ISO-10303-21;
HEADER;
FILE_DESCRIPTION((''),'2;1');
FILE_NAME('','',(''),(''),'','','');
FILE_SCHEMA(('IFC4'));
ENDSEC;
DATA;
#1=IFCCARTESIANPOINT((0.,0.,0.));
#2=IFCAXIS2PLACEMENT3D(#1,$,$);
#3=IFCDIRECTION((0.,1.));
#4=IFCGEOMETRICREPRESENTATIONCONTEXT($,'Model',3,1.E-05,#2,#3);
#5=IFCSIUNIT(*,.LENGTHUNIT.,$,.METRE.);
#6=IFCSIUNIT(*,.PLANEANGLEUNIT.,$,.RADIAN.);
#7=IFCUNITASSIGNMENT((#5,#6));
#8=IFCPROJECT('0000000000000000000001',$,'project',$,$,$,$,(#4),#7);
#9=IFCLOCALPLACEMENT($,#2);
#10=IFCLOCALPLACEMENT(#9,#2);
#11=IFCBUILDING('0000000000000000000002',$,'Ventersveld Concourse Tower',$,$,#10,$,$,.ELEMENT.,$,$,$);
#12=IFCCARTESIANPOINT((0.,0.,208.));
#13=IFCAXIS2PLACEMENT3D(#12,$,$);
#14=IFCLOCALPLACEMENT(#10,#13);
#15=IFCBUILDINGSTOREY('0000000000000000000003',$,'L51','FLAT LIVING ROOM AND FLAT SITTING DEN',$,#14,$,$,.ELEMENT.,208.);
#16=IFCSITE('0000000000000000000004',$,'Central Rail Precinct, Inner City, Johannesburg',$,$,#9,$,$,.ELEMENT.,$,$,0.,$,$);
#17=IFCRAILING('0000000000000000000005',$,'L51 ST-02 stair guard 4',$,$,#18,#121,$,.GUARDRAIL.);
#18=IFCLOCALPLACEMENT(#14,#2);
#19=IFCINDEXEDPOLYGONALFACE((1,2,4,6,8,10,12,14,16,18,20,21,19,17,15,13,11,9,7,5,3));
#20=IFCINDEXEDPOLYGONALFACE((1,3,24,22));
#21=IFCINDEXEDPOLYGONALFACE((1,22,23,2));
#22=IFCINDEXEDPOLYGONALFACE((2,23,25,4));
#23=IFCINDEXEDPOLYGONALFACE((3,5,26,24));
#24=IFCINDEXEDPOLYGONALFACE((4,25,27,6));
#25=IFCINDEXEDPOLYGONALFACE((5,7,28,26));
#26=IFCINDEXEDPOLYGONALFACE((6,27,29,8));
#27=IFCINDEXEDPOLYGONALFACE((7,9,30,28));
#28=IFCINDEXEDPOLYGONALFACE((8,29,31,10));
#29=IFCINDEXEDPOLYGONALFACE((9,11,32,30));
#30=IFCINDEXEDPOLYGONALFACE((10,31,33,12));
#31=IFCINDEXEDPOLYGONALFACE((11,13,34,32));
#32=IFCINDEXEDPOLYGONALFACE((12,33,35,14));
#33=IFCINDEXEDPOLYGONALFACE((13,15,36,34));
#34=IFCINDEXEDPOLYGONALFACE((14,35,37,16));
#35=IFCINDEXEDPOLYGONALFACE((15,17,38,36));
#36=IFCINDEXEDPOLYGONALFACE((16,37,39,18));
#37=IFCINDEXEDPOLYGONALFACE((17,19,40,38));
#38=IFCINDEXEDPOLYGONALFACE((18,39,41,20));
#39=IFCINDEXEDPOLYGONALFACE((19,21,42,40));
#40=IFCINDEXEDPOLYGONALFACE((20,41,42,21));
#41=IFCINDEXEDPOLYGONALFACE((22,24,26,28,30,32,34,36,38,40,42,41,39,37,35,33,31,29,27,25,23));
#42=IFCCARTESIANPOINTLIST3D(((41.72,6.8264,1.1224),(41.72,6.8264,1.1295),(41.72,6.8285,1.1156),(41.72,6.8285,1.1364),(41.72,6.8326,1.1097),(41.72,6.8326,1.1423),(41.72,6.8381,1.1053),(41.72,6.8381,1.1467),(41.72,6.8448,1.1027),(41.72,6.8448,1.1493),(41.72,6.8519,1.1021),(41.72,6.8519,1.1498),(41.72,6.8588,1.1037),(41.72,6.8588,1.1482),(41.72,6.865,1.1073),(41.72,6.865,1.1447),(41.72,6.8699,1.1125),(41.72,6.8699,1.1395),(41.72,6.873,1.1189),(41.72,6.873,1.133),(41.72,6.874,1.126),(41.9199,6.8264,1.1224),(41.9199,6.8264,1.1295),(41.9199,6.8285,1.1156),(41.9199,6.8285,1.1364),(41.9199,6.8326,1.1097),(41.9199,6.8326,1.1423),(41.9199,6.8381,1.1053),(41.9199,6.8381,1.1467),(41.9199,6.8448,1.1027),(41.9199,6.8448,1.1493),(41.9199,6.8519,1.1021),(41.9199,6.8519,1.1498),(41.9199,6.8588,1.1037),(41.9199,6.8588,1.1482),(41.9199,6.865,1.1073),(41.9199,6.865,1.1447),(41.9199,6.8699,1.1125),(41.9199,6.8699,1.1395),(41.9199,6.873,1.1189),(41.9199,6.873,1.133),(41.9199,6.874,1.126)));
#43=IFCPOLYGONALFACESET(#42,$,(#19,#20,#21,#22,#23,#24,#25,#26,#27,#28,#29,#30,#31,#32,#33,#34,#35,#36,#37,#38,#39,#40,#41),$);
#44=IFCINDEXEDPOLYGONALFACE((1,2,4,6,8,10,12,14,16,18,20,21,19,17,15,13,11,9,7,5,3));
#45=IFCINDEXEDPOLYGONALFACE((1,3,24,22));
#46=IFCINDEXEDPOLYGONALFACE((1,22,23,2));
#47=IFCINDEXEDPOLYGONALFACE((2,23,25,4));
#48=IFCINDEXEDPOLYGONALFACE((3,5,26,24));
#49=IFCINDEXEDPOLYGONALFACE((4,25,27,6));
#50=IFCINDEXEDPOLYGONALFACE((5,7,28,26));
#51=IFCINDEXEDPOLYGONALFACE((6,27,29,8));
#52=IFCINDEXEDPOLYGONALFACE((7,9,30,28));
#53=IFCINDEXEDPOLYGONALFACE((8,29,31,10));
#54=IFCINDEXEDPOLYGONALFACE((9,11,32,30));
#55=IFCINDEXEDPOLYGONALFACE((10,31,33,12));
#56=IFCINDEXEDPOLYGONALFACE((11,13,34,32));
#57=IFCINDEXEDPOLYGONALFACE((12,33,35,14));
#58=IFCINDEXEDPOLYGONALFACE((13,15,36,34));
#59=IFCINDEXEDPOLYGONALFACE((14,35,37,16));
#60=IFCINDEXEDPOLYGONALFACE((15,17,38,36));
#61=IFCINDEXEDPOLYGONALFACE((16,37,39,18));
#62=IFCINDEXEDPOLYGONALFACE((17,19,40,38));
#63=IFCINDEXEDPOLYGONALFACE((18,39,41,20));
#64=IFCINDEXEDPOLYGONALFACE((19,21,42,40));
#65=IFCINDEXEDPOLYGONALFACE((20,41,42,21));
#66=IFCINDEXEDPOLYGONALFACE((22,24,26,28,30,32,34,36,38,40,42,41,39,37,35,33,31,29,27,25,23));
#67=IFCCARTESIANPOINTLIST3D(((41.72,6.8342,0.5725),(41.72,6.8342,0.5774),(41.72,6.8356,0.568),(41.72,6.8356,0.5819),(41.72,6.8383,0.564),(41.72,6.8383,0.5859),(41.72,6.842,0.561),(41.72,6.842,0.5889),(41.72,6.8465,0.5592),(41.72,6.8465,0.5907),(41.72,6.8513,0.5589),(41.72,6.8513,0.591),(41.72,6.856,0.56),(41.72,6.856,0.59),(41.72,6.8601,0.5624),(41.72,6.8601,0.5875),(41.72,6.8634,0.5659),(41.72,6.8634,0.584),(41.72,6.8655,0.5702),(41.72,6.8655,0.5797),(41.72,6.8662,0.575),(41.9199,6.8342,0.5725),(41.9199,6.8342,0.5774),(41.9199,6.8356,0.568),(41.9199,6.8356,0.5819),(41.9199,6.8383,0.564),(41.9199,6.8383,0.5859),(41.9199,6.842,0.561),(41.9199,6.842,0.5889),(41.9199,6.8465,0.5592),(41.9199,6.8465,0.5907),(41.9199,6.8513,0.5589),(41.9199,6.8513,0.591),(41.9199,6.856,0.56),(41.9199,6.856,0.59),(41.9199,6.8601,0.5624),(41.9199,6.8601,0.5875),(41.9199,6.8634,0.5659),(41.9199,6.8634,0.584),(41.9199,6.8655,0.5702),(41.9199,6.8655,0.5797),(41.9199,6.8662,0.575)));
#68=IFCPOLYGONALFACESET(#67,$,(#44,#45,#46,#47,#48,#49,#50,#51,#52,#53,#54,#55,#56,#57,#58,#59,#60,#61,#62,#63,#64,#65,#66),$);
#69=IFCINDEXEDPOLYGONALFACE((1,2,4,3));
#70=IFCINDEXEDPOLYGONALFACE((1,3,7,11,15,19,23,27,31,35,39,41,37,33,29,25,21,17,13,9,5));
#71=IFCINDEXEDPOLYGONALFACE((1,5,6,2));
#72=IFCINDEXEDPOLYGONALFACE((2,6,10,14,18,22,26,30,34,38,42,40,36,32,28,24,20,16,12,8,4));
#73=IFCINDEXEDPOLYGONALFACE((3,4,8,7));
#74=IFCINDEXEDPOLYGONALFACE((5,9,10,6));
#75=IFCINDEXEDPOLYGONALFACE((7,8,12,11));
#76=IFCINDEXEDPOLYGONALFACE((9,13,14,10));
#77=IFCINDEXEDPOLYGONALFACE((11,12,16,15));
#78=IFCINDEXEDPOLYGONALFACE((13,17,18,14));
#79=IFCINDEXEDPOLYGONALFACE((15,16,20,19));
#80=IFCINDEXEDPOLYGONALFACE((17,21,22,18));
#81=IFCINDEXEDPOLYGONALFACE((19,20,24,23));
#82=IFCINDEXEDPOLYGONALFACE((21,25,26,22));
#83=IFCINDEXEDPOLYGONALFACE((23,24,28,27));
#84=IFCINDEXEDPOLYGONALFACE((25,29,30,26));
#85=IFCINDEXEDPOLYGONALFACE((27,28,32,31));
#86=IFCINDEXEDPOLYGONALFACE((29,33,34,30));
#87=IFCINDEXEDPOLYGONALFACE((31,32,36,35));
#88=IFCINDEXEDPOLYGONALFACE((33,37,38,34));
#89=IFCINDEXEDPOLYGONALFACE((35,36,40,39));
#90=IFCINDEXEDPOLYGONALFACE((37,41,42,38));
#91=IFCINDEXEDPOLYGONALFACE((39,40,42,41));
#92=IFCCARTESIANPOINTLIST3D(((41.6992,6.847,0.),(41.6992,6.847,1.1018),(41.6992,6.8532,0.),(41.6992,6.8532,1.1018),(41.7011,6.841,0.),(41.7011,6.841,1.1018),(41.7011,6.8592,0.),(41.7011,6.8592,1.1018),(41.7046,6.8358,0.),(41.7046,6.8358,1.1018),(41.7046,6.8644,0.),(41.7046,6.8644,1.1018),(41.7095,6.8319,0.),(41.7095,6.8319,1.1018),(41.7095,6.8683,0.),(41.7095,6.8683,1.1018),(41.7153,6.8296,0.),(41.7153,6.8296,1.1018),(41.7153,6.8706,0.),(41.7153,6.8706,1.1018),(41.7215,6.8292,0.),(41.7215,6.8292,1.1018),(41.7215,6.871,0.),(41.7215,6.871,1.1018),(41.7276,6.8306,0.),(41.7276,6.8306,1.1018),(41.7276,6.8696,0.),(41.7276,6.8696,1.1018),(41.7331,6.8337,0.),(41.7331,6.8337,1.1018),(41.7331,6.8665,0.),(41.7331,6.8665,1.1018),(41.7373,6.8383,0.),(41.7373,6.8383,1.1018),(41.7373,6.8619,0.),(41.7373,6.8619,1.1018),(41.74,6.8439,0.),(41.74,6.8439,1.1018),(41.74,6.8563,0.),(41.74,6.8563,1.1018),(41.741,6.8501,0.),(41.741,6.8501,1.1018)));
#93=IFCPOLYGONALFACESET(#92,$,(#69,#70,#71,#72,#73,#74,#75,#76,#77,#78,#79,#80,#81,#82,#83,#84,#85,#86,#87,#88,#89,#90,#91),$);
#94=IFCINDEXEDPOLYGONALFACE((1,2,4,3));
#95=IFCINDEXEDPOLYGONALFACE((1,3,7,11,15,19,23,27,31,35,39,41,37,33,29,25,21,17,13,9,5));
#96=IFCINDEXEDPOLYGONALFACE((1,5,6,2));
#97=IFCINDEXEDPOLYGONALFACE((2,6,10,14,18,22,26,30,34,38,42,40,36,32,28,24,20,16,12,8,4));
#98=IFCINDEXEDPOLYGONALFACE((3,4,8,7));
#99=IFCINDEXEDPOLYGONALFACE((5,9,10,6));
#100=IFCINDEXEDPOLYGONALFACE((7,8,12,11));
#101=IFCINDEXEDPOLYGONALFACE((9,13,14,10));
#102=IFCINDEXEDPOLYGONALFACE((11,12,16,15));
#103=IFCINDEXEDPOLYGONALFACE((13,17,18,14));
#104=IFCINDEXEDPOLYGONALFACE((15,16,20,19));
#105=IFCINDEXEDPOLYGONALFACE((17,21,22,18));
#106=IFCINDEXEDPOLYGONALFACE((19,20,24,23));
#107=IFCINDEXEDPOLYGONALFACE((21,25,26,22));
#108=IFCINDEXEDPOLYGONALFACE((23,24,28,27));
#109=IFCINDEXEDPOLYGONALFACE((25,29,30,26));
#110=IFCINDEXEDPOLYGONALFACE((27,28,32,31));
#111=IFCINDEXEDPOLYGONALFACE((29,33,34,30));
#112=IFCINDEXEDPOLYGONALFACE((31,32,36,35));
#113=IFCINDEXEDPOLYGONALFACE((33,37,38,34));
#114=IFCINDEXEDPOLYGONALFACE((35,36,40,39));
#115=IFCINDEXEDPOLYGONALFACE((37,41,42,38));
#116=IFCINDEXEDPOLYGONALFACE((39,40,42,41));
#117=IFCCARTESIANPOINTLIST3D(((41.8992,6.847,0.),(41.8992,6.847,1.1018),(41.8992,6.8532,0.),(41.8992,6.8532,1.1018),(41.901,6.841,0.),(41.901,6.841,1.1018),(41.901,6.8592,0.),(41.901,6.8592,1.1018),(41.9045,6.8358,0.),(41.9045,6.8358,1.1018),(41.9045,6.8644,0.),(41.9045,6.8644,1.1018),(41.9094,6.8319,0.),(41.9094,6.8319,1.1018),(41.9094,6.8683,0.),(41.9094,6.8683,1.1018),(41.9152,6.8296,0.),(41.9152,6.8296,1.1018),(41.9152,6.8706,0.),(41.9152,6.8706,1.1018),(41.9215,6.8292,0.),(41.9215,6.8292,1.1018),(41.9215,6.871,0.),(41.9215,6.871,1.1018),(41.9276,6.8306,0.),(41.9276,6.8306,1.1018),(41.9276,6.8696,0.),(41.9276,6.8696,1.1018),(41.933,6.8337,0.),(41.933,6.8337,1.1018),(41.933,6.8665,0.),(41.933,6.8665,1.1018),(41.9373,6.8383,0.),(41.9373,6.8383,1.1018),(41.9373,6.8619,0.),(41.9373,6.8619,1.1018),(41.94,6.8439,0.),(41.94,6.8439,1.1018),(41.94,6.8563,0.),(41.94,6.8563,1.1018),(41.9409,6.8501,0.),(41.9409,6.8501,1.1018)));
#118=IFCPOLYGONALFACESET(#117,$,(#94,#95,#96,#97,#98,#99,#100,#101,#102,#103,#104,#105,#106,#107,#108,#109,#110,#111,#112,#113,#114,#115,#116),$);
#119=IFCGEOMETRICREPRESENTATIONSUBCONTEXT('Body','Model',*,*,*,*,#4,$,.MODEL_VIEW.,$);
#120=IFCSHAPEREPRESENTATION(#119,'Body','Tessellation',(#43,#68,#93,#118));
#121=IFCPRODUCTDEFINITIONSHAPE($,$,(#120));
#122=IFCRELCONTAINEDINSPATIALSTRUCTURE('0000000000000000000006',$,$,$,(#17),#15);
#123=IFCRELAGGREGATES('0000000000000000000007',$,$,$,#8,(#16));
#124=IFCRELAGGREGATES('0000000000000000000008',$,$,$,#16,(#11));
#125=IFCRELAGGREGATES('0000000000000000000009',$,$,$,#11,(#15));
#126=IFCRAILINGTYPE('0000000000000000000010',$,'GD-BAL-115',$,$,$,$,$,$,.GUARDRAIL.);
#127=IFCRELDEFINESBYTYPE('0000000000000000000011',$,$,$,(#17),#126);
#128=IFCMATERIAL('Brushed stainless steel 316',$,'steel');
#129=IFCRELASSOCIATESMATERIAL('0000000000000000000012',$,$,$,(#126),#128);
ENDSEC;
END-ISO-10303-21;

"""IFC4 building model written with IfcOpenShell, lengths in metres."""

from ifc_helpers import new_model, si_unit, direction, frame, origin, origin_2d, place, context, subcontext, project, spatial, circle, extrude, material, type_object, element, save


model = new_model("IFC4")

# Units and contexts
model_context = context("Model", 3, precision=1e-05, world=origin(), true_north=direction((0.0, 1.0)))
body_context = subcontext(model_context, "Body", "Model", "MODEL_VIEW")
ifc_project = project(units=[si_unit("LENGTHUNIT", "METRE"), si_unit("PLANEANGLEUNIT", "RADIAN")], contexts=[model_context])

# Site, building, storey
site_placement = place(None, origin())
site = spatial("IfcSite", under=ifc_project, at=site_placement, Name="Central Rail Precinct, Inner City, Johannesburg", CompositionType="ELEMENT", RefElevation=0.0)
building_placement = place(site_placement, origin())
building = spatial("IfcBuilding", under=site, at=building_placement, Name="Ventersveld Concourse Tower", CompositionType="ELEMENT")
storey_placement = place(building_placement, frame((0.0, 0.0, 208.0)))
storey = spatial("IfcBuildingStorey", under=building, at=storey_placement, Name="L51", Description="FLAT LIVING ROOM AND FLAT SITTING DEN", CompositionType="ELEMENT", Elevation=208.0)

# Railing
ifc_material_1 = material(Name="Brushed stainless steel 316", Category="steel")
railing_type_1 = type_object("IfcRailingType", Name="GD-BAL-115", PredefinedType="GUARDRAIL", material=ifc_material_1)
railing_1_placement = place(storey_placement, frame((41.72, 6.8501, 0.0)))
element("IfcRailing", 1, at=railing_1_placement, inside=storey, type_object=railing_type_1, Name="L51 ST-02 stair guard 4", PredefinedType="GUARDRAIL", context=body_context, shape_type="SweptSolid", body=[
    extrude(circle(Radius=0.0239, at=origin_2d()), frame((0.0, 0.0, 1.126), z_axis=(1.0, 0.0, 0.0), x_axis=(0.0, 1.0, 0.0)), (0.0, 0.0, 1.0), 0.2),
    extrude(circle(Radius=0.0161, at=origin_2d()), frame((0.0, 0.0, 0.575), z_axis=(1.0, 0.0, 0.0), x_axis=(0.0, 1.0, 0.0)), (0.0, 0.0, 1.0), 0.2),
    extrude(circle(Radius=0.021, at=origin_2d()), origin(), (0.0, 0.0, 1.0), 1.1018),
    extrude(circle(Radius=0.021, at=origin_2d()), frame((0.2, 0.0, 0.0)), (0.0, 0.0, 1.0), 1.1018),
])

save(model, "model.ifc")
